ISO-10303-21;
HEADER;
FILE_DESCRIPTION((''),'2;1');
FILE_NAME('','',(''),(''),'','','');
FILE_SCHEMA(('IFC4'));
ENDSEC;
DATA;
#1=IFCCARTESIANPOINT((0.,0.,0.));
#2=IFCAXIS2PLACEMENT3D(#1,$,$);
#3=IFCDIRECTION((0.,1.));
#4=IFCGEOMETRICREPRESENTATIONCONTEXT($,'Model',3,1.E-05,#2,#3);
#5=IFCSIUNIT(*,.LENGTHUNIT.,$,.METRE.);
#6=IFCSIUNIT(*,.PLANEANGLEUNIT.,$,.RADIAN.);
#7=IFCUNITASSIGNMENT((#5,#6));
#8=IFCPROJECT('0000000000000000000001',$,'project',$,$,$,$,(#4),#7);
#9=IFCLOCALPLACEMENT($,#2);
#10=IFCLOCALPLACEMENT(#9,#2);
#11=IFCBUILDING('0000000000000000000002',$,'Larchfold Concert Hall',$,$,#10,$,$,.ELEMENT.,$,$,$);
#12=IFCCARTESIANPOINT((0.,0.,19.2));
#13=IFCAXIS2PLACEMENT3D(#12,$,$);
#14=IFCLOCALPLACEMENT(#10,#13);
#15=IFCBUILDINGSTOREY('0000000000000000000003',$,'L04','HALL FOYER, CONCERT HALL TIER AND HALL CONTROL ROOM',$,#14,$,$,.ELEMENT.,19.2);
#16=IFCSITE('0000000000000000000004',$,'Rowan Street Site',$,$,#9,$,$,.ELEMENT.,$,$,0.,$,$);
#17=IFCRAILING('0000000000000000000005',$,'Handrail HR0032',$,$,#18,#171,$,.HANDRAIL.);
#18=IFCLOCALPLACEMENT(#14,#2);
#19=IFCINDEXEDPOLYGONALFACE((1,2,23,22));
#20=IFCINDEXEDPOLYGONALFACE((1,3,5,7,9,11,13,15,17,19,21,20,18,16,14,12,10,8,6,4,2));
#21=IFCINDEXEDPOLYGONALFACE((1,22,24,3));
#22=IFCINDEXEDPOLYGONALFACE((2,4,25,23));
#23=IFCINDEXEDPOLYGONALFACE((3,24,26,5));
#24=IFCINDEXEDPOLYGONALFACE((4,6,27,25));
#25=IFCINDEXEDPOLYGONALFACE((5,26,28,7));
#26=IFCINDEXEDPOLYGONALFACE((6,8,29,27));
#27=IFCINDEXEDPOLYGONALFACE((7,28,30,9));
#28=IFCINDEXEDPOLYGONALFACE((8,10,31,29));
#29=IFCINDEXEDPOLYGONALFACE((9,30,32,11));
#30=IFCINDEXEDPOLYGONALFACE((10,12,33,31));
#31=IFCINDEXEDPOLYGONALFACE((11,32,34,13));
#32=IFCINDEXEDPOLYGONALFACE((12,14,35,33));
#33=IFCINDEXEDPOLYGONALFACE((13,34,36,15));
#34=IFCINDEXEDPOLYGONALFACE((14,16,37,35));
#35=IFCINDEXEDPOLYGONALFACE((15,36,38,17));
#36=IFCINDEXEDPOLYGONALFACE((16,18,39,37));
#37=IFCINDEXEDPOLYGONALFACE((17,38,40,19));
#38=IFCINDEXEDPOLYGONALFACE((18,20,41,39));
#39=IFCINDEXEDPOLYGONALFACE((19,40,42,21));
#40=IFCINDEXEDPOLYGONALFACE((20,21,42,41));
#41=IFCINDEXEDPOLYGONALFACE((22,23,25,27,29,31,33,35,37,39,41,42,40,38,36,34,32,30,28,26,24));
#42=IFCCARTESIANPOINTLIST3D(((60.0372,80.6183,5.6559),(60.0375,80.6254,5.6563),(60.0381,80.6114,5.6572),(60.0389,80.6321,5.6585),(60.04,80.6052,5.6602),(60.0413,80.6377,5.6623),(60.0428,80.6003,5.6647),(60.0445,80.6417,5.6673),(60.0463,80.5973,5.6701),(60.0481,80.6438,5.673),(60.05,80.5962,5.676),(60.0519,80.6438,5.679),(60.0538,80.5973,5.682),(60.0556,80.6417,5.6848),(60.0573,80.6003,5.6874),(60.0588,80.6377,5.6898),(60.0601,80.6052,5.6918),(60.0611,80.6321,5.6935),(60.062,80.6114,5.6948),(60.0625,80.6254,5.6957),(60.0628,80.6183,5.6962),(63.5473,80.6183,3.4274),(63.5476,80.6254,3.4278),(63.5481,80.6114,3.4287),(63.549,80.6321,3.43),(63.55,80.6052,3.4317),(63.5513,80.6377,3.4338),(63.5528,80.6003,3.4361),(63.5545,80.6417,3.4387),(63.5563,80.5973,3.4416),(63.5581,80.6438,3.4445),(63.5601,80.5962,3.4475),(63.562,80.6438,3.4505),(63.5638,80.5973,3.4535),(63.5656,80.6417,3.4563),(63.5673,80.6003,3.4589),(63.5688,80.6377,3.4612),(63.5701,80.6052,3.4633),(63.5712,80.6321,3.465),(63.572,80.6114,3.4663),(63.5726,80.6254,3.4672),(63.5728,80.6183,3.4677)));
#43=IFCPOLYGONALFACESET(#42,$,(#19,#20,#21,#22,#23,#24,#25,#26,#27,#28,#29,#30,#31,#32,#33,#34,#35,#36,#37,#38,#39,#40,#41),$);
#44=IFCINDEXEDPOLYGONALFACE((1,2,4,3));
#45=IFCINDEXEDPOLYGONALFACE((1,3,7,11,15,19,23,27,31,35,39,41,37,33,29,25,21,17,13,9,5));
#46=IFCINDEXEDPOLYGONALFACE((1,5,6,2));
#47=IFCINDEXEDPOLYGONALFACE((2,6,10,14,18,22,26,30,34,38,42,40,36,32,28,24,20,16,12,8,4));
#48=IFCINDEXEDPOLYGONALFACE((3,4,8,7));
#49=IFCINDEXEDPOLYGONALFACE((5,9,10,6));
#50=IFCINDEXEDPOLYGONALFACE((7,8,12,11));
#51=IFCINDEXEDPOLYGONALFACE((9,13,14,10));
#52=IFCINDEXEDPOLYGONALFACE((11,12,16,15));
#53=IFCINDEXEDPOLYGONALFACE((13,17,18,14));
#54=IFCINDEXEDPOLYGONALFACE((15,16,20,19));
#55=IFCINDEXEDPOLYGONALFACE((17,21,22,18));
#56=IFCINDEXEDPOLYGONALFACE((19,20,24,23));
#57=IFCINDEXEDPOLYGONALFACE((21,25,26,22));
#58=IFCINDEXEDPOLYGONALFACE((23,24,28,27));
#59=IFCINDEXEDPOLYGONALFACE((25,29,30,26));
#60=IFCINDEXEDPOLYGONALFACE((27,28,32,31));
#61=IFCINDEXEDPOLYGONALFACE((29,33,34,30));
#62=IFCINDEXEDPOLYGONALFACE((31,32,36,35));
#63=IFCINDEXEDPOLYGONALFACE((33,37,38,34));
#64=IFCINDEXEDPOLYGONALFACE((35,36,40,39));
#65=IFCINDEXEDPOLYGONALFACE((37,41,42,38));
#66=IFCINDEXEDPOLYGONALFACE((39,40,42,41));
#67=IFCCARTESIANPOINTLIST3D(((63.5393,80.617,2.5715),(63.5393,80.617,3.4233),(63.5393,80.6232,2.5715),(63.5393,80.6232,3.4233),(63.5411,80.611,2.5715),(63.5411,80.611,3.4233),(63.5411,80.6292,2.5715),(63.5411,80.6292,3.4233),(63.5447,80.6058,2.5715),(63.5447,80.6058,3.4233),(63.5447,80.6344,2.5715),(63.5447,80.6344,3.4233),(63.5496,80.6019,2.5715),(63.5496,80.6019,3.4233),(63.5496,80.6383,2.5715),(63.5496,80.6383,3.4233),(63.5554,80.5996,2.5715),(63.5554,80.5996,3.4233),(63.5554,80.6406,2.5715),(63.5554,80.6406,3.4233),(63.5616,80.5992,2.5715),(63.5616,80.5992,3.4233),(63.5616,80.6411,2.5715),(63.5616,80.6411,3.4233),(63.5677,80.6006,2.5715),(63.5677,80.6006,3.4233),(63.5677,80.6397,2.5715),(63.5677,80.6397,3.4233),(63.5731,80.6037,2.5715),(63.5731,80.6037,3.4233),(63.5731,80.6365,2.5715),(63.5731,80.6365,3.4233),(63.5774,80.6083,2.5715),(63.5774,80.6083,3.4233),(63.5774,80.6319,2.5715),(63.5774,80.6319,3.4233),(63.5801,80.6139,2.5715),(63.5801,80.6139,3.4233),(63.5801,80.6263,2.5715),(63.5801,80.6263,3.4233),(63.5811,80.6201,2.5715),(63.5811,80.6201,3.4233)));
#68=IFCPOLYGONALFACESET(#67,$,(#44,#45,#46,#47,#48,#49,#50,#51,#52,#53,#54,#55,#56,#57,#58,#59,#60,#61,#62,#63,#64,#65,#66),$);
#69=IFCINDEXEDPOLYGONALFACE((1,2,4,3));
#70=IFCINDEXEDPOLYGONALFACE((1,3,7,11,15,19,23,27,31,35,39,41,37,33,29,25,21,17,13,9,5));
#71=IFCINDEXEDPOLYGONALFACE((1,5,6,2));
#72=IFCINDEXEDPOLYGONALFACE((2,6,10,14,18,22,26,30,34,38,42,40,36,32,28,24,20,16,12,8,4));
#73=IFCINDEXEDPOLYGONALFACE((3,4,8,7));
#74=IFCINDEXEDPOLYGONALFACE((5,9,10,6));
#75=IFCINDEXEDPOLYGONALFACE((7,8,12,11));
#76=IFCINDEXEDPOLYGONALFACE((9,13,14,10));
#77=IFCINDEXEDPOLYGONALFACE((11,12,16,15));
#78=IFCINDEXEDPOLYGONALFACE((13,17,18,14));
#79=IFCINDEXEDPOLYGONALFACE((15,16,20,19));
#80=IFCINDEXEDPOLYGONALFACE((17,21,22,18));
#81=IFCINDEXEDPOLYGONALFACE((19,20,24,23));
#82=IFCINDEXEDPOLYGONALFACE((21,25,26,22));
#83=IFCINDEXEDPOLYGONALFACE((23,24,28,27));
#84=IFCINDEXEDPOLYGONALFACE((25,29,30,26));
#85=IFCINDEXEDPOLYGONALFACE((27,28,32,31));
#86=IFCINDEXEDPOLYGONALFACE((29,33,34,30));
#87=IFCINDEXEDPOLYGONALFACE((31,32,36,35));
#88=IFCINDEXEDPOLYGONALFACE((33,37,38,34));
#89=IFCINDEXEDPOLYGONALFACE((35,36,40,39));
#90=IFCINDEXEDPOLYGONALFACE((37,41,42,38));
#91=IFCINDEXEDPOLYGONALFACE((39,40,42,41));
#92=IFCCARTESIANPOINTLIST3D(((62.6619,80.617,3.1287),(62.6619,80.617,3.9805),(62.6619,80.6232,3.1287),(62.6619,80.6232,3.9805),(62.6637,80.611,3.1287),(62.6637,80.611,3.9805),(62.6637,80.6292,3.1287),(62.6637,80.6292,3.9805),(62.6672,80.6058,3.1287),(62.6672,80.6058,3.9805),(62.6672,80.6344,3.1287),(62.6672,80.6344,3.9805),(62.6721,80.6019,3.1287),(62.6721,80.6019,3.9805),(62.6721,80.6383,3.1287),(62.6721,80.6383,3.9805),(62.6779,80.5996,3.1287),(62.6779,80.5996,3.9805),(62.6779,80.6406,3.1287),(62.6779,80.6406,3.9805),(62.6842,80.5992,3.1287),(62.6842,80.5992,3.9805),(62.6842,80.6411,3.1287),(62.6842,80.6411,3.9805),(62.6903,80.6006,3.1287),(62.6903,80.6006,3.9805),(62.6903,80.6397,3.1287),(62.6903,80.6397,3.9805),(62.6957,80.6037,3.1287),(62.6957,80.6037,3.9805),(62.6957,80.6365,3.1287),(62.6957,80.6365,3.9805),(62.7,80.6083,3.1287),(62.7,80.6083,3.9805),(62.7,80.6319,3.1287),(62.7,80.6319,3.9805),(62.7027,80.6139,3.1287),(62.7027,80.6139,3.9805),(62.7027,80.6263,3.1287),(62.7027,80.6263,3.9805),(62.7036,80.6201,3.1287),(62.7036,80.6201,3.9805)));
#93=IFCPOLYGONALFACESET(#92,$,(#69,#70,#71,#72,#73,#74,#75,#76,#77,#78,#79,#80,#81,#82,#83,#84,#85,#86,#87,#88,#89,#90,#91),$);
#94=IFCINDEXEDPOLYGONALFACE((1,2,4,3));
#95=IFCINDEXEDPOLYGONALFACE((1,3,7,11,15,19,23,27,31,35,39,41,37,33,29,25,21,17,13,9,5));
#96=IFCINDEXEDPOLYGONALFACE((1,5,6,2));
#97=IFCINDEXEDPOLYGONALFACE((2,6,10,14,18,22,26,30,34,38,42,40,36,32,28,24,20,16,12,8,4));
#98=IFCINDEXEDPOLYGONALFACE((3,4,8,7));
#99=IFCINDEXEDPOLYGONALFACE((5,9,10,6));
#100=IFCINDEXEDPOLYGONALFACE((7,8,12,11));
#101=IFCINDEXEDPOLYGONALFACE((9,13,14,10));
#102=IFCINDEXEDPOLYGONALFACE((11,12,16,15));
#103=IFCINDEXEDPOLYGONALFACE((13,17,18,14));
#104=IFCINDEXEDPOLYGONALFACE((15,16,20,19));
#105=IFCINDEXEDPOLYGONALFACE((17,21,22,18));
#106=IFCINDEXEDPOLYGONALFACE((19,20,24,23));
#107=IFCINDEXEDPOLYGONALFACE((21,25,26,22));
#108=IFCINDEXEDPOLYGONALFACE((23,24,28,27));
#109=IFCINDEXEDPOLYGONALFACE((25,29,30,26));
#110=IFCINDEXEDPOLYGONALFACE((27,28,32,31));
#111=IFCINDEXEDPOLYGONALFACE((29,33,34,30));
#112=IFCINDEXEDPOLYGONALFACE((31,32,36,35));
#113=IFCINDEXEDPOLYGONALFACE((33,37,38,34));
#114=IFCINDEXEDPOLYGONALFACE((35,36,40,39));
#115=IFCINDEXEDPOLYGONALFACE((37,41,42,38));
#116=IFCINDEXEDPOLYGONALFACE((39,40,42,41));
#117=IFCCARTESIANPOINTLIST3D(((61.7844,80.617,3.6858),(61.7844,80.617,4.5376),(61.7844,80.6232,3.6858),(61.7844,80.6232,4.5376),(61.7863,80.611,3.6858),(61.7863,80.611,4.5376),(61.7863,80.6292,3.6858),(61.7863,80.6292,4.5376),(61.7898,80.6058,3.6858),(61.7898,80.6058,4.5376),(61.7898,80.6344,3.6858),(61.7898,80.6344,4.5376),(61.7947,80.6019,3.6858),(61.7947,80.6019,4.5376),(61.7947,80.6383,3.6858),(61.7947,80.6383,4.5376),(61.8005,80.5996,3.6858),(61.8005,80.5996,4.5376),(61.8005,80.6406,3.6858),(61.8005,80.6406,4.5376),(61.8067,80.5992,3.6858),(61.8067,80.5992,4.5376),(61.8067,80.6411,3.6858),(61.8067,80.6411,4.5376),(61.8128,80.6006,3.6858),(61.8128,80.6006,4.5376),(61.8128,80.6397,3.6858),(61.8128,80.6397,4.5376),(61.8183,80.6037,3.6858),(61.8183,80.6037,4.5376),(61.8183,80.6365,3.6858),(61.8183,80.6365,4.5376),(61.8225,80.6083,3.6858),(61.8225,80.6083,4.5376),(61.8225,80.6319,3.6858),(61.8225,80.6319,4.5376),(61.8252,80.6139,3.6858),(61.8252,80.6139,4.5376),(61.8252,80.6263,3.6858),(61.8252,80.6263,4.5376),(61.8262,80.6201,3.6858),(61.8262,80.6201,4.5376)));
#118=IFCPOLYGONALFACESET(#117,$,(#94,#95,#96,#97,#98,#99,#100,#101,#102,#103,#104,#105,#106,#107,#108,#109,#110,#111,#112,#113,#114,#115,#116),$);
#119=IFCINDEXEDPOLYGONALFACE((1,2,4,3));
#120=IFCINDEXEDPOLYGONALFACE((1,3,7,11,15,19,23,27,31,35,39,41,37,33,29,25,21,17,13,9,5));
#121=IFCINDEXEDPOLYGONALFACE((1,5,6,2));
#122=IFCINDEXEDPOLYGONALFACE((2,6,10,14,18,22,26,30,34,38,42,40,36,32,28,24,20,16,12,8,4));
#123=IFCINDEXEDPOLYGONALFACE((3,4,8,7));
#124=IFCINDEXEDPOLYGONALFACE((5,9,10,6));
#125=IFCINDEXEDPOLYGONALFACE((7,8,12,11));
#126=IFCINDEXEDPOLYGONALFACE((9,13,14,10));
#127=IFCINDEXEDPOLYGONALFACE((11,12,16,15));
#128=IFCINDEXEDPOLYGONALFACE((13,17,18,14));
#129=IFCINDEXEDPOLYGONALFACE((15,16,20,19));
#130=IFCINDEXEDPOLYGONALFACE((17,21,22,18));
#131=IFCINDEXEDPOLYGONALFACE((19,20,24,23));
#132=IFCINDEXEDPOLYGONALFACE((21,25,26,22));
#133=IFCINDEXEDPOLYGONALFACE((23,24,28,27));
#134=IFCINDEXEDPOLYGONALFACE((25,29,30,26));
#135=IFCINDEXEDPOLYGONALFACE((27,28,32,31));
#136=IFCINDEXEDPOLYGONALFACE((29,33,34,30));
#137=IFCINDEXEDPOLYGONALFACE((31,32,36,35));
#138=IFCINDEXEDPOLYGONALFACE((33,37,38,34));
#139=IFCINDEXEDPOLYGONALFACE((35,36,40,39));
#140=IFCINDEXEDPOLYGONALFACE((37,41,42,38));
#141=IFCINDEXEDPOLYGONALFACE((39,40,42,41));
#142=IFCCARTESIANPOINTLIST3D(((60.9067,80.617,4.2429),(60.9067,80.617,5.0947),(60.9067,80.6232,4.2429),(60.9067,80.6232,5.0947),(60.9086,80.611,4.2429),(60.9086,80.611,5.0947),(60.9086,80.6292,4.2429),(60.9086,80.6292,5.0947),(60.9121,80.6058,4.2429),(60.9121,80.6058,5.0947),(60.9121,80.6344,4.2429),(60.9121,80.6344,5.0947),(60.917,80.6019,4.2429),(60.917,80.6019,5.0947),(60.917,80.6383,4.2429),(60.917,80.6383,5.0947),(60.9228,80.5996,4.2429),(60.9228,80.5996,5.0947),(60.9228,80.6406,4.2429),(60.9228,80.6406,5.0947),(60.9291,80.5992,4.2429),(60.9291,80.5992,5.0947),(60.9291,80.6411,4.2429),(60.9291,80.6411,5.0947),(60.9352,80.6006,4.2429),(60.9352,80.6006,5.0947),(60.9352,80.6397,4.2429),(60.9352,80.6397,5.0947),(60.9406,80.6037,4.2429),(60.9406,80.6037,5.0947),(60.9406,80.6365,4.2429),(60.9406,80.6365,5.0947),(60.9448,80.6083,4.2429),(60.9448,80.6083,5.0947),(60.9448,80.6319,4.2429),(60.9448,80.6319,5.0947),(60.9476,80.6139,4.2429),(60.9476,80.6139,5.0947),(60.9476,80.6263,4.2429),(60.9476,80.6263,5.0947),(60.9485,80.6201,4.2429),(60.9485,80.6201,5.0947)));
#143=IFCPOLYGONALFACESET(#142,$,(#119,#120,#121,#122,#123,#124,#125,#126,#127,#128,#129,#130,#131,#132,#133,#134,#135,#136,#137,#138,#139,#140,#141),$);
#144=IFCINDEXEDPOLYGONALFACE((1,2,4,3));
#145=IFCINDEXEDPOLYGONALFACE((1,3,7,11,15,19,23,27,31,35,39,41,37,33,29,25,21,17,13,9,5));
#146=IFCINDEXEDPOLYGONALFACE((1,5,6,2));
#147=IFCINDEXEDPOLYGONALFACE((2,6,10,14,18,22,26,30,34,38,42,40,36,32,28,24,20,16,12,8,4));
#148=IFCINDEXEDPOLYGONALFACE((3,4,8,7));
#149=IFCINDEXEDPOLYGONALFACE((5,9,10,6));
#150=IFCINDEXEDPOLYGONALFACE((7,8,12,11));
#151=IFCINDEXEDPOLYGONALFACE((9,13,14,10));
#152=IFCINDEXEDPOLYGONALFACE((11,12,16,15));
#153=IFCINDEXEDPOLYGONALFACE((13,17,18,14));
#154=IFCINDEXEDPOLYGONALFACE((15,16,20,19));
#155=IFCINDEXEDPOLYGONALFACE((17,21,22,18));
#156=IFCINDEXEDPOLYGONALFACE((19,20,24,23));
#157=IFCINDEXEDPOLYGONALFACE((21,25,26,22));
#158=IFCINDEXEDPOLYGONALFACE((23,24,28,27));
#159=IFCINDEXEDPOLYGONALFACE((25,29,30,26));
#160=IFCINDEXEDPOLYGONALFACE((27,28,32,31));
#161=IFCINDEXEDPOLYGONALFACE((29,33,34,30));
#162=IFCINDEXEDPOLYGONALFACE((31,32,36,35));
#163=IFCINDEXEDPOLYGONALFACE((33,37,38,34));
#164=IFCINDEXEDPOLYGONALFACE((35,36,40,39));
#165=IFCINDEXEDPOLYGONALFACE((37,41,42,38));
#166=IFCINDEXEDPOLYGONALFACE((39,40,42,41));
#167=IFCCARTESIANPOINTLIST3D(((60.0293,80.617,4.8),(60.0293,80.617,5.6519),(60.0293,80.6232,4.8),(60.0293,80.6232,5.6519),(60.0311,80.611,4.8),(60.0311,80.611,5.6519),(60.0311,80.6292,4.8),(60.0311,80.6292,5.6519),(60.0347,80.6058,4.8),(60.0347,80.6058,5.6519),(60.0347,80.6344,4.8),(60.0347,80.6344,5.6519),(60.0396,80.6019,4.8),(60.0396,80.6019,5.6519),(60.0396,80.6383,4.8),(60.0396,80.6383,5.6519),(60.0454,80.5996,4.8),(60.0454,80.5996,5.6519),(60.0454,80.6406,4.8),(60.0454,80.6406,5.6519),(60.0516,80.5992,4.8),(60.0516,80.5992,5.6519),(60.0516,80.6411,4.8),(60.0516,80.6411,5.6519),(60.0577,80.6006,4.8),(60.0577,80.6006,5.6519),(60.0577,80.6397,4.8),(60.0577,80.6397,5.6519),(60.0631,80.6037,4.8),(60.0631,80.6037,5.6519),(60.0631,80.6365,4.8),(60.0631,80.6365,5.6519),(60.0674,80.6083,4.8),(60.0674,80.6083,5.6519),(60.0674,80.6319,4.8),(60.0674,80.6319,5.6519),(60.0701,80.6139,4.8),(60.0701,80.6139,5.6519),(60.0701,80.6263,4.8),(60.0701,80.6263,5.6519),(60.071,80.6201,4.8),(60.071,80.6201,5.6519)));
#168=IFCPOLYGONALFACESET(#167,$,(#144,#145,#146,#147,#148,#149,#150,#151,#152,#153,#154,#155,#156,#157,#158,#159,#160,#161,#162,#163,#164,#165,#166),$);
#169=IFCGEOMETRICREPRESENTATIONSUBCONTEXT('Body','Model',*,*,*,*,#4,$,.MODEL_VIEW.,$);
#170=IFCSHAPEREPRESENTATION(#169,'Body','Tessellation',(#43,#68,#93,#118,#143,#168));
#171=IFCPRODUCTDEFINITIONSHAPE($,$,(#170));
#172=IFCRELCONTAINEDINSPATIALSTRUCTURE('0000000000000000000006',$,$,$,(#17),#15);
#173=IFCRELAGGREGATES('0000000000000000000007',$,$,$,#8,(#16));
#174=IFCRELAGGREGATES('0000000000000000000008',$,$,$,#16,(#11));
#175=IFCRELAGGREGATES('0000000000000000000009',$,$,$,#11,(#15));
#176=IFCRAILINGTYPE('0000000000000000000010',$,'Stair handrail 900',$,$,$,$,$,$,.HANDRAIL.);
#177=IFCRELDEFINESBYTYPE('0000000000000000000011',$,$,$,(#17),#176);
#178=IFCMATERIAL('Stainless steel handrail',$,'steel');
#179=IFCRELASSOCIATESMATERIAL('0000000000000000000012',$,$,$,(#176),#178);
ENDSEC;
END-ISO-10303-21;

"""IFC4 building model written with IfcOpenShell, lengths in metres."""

from ifc_helpers import new_model, si_unit, direction, frame, origin, origin_2d, place, context, subcontext, project, spatial, circle, extrude, material, type_object, element, save


model = new_model("IFC4")

# Units and contexts
model_context = context("Model", 3, precision=1e-05, world=origin(), true_north=direction((0.0, 1.0)))
body_context = subcontext(model_context, "Body", "Model", "MODEL_VIEW")
ifc_project = project(units=[si_unit("LENGTHUNIT", "METRE"), si_unit("PLANEANGLEUNIT", "RADIAN")], contexts=[model_context])

# Site, building, storey
site_placement = place(None, origin())
site = spatial("IfcSite", under=ifc_project, at=site_placement, Name="Rowan Street Site", CompositionType="ELEMENT", RefElevation=0.0)
building_placement = place(site_placement, origin())
building = spatial("IfcBuilding", under=site, at=building_placement, Name="Larchfold Concert Hall", CompositionType="ELEMENT")
storey_placement = place(building_placement, frame((0.0, 0.0, 19.2)))
storey = spatial("IfcBuildingStorey", under=building, at=storey_placement, Name="L04", Description="HALL FOYER, CONCERT HALL TIER AND HALL CONTROL ROOM", CompositionType="ELEMENT", Elevation=19.2)

# Railing
ifc_material_1 = material(Name="Stainless steel handrail", Category="steel")
railing_type_1 = type_object("IfcRailingType", Name="Stair handrail 900", PredefinedType="HANDRAIL", material=ifc_material_1)
railing_1_placement = place(storey_placement, frame((63.5601, 80.6201, 2.5715)))
element("IfcRailing", 1, at=railing_1_placement, inside=storey, type_object=railing_type_1, Name="Handrail HR0032", PredefinedType="HANDRAIL", context=body_context, shape_type="SweptSolid", body=[
    extrude(circle(Radius=0.0239, at=origin_2d()), frame((0.0, 0.0, 0.876), z_axis=(-0.84422, 0.0, 0.535998), x_axis=(0.0, -1.0, 0.0)), (0.0, 0.0, 1.0), 4.1577),
    extrude(circle(Radius=0.021, at=origin_2d()), origin(), (0.0, 0.0, 1.0), 0.8518),
    extrude(circle(Radius=0.021, at=origin_2d()), frame((-0.8774, 0.0, 0.5571)), (0.0, 0.0, 1.0), 0.8518),
    extrude(circle(Radius=0.021, at=origin_2d()), frame((-1.7549, 0.0, 1.1143)), (0.0, 0.0, 1.0), 0.8518),
    extrude(circle(Radius=0.021, at=origin_2d()), frame((-2.6326, 0.0, 1.6714)), (0.0, 0.0, 1.0), 0.8518),
    extrude(circle(Radius=0.021, at=origin_2d()), frame((-3.51, 0.0, 2.2285)), (0.0, 0.0, 1.0), 0.8518),
])

save(model, "model.ifc")
